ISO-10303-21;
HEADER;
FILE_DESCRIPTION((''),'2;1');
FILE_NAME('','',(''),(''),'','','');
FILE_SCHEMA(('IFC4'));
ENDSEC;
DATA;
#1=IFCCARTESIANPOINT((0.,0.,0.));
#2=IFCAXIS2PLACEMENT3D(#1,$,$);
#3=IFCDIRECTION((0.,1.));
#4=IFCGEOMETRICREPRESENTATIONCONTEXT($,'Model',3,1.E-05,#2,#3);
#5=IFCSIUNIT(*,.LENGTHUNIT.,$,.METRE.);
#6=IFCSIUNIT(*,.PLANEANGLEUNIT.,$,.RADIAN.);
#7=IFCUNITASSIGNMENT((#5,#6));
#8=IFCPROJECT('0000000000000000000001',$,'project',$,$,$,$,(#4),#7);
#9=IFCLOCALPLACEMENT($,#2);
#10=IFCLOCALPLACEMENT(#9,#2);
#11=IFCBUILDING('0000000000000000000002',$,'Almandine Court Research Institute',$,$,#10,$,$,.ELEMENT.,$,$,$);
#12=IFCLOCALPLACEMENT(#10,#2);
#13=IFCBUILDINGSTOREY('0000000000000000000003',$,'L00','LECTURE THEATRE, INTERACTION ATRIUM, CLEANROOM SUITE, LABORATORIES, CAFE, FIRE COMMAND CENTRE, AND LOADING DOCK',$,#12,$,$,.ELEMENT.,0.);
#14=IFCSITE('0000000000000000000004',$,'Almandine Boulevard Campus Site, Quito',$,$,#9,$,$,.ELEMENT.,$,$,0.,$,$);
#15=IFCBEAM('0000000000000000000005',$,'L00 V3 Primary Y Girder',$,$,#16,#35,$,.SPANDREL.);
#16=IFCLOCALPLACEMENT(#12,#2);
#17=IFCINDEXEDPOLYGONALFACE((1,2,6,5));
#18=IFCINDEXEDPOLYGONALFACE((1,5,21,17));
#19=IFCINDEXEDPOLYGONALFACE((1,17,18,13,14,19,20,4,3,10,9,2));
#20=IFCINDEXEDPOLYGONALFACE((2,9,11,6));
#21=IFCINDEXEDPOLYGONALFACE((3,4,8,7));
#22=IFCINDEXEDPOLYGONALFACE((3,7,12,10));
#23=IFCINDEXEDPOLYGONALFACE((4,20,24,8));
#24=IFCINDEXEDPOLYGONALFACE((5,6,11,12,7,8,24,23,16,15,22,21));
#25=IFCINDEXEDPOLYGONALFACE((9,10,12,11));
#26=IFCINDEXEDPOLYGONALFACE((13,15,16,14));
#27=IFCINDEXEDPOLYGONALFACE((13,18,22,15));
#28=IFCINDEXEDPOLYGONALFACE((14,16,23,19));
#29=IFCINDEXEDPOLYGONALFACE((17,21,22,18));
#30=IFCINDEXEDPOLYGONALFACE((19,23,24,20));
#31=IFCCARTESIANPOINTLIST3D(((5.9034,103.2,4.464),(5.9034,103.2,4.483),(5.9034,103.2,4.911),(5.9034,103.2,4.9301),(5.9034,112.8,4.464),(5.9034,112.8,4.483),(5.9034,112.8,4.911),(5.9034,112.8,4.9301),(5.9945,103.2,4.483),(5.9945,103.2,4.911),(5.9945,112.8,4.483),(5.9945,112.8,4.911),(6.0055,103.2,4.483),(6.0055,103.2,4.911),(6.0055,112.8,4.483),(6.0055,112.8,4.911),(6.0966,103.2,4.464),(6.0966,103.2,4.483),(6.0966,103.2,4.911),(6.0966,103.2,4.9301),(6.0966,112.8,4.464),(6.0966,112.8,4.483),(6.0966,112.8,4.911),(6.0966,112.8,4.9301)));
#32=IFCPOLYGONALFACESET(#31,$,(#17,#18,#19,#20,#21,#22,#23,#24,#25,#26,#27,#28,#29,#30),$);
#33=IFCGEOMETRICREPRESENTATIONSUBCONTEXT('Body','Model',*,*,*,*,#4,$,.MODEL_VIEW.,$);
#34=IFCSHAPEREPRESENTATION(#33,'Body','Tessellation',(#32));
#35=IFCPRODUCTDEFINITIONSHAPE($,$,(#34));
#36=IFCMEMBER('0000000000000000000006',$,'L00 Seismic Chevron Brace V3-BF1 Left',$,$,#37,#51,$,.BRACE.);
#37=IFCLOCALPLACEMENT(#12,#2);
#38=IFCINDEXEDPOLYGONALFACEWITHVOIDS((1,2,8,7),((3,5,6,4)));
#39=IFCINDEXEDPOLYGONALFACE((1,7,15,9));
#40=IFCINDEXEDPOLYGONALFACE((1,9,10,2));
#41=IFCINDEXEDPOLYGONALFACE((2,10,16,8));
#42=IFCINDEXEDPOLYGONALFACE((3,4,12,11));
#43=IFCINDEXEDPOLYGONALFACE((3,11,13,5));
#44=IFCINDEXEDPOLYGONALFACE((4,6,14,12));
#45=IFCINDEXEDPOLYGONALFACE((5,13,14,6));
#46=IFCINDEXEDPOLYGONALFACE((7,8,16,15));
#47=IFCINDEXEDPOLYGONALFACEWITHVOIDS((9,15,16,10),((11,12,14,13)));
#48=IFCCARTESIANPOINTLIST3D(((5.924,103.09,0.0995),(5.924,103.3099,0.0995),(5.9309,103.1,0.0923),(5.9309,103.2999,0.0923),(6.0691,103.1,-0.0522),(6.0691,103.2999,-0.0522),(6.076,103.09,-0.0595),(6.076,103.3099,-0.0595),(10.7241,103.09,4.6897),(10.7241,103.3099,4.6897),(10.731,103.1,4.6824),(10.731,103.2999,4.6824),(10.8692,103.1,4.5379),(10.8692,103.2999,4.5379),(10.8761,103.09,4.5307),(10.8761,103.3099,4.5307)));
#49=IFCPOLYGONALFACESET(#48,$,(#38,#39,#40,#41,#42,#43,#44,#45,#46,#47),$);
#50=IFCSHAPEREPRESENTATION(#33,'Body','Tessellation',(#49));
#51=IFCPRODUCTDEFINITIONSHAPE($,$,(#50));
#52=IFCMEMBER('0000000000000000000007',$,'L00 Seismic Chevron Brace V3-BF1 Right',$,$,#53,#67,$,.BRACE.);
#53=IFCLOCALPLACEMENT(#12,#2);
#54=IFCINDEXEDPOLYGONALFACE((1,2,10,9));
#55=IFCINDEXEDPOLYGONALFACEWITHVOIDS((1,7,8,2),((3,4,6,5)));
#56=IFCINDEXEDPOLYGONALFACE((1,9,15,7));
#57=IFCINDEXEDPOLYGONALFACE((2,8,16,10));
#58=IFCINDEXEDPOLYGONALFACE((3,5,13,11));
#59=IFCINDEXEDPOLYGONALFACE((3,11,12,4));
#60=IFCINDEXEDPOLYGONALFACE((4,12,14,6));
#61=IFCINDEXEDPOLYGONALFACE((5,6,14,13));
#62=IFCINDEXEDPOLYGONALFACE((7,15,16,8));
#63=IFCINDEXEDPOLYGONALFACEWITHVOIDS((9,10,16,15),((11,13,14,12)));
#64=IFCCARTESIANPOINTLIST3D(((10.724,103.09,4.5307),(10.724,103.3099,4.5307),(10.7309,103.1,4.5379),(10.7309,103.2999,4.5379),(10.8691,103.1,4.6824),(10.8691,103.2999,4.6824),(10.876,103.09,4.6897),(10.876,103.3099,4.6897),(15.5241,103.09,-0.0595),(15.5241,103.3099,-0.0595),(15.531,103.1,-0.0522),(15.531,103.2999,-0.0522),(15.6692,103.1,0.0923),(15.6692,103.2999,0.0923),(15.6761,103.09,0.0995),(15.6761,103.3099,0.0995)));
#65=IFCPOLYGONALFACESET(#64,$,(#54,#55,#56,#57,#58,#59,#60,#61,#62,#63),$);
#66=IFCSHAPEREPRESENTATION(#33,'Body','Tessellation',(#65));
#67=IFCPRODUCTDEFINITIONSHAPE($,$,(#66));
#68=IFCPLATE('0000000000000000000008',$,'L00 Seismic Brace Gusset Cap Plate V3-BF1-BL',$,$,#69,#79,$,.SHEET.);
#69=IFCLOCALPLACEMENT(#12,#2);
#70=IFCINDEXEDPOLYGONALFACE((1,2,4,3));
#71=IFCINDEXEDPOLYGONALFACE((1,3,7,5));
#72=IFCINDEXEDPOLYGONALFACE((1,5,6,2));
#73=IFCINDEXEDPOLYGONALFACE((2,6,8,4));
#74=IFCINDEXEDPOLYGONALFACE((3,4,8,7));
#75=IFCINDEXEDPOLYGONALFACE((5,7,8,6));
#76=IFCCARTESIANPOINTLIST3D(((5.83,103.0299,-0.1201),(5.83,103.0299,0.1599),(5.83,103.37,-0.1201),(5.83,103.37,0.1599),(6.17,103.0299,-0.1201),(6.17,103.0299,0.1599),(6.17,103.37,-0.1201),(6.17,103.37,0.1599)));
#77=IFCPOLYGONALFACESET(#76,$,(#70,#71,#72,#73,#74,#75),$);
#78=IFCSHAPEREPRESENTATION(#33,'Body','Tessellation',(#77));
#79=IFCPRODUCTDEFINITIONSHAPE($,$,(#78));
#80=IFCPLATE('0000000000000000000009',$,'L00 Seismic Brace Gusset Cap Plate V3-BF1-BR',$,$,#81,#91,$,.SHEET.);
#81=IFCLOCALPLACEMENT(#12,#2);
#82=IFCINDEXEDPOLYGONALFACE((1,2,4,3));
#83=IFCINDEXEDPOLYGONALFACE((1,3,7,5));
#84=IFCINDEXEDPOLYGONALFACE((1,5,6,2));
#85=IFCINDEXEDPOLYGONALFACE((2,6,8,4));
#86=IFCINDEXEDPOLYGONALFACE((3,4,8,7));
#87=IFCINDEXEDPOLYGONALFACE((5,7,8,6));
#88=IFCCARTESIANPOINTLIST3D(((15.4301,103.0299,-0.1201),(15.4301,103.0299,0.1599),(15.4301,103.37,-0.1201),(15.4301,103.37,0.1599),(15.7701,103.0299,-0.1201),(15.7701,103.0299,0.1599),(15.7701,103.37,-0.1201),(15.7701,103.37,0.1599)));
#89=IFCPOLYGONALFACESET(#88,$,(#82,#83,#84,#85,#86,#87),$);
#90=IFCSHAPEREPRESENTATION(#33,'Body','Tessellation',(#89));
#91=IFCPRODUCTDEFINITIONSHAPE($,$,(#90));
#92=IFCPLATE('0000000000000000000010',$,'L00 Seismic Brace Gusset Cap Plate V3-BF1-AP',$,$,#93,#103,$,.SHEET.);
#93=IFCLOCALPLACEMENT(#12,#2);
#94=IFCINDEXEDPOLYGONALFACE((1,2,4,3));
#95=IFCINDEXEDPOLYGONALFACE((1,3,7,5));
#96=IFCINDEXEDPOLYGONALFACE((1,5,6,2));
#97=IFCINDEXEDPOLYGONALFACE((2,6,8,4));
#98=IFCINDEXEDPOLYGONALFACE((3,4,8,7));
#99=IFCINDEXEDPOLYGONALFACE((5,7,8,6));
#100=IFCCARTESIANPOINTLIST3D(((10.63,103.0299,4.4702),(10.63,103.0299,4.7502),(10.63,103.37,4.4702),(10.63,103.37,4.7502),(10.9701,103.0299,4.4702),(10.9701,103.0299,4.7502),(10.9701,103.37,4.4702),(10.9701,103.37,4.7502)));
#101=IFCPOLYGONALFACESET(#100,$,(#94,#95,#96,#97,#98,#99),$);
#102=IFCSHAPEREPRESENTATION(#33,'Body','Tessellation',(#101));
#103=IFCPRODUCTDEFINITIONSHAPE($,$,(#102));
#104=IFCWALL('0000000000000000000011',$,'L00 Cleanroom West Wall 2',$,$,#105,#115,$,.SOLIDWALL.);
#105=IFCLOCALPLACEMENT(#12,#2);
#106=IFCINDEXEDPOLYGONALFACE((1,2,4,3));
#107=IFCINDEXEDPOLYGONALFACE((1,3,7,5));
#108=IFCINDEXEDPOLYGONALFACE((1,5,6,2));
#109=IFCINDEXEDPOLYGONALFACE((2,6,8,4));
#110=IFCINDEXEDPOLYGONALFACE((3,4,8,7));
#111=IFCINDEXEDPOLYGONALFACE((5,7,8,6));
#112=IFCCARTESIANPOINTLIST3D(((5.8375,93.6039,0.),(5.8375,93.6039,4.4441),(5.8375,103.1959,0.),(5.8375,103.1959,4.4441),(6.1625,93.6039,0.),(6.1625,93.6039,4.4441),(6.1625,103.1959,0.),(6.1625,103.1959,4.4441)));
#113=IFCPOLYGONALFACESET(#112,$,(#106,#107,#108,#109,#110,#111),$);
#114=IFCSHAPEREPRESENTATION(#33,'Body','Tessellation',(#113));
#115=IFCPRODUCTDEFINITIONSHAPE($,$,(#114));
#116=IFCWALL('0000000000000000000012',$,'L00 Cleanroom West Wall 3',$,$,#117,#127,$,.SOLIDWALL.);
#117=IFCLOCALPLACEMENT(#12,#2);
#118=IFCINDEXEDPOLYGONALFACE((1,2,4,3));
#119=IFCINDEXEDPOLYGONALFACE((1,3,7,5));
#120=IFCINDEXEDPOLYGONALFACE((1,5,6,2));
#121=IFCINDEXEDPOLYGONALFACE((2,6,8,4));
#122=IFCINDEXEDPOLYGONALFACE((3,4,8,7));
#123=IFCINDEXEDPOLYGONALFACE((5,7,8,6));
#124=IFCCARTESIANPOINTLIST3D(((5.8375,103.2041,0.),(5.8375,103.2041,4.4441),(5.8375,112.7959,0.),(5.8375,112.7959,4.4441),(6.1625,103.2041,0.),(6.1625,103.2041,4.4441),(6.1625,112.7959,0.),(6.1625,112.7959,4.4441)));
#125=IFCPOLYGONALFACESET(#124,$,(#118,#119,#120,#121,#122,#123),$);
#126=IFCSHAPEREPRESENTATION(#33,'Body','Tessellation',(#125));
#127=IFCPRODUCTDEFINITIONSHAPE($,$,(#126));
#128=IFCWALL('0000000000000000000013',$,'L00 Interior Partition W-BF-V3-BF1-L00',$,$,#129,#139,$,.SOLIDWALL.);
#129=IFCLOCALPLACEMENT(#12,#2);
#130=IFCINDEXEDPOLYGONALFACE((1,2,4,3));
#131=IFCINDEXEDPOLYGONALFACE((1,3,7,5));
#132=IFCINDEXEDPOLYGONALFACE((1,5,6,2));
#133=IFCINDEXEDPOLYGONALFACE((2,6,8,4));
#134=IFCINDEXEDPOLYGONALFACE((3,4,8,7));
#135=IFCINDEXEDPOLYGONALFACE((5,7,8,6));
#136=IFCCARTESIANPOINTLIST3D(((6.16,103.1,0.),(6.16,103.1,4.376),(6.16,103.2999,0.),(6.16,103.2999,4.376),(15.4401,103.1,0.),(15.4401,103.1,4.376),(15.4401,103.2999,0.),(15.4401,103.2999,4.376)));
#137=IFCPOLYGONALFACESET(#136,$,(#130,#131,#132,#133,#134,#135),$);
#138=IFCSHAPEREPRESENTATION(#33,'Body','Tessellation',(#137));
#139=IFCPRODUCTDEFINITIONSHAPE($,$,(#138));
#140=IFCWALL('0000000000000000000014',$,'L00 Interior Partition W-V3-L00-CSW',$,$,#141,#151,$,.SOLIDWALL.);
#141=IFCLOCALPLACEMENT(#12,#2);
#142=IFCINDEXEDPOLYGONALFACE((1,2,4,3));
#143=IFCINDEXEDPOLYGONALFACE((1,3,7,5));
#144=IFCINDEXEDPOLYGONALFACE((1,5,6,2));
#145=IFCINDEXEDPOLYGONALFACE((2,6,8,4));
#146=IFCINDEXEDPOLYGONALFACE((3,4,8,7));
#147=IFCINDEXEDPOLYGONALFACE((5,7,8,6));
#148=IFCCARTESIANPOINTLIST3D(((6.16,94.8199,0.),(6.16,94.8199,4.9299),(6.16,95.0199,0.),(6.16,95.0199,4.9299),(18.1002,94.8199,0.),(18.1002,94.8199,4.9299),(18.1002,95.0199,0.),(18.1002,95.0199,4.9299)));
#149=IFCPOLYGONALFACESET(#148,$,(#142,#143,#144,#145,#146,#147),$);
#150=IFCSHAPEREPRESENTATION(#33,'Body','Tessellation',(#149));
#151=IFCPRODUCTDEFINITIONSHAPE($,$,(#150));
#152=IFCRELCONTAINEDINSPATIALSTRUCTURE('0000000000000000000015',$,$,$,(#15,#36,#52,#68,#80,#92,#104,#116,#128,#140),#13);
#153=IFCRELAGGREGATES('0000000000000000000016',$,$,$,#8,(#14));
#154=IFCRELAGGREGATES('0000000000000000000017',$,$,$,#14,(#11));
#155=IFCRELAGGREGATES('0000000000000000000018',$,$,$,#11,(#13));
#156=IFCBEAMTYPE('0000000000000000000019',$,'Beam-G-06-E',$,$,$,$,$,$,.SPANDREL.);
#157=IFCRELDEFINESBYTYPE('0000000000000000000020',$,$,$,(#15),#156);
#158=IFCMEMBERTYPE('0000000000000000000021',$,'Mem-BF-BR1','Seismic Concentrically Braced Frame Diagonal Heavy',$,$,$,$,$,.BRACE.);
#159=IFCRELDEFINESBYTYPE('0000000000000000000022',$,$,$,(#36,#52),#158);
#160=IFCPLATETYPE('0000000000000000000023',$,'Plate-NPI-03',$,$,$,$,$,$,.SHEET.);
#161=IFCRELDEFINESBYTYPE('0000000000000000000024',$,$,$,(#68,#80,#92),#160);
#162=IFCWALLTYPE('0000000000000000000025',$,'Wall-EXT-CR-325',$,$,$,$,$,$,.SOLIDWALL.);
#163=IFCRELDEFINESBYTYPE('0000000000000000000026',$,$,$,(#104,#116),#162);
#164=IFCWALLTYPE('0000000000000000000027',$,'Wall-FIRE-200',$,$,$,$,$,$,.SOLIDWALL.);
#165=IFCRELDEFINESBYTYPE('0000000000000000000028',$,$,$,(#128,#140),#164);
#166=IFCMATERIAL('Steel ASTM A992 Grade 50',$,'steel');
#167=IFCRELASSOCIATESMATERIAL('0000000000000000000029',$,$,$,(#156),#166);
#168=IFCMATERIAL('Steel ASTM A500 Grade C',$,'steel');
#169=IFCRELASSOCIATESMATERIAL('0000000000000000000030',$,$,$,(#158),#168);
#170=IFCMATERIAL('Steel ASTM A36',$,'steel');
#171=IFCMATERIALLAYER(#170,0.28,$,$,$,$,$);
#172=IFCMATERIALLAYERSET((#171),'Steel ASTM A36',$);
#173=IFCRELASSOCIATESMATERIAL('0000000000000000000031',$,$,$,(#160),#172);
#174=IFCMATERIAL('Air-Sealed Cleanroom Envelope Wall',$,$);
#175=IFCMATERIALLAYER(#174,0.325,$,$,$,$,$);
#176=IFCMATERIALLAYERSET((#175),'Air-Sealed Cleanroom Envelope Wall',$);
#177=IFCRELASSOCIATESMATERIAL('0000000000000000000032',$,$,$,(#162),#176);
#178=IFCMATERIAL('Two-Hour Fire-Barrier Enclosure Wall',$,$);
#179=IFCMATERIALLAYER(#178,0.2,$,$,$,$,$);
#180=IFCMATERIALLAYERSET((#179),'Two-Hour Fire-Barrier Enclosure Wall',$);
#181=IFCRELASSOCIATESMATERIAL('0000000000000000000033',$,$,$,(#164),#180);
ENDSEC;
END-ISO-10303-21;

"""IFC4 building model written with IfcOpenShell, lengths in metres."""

from ifc_helpers import new_model, si_unit, direction, frame, frame_2d, origin, origin_2d, place, context, subcontext, project, spatial, rectangle, hollow_rectangle, i_section, extrude, material, layer, layer_set, material_profile, profile_set, type_object, element, save


model = new_model("IFC4")

# Units and contexts
model_context = context("Model", 3, precision=1e-05, world=origin(), true_north=direction((0.0, 1.0)))
body_context = subcontext(model_context, "Body", "Model", "MODEL_VIEW")
ifc_project = project(units=[si_unit("LENGTHUNIT", "METRE"), si_unit("PLANEANGLEUNIT", "RADIAN")], contexts=[model_context])

# Site, building, storey
site_placement = place(None, origin())
site = spatial("IfcSite", under=ifc_project, at=site_placement, Name="Almandine Boulevard Campus Site, Quito", CompositionType="ELEMENT", RefElevation=0.0)
building_placement = place(site_placement, origin())
building = spatial("IfcBuilding", under=site, at=building_placement, Name="Almandine Court Research Institute", CompositionType="ELEMENT")
storey_placement = place(building_placement, origin())
storey = spatial("IfcBuildingStorey", under=building, at=storey_placement, Name="L00", Description="LECTURE THEATRE, INTERACTION ATRIUM, CLEANROOM SUITE, LABORATORIES, CAFE, FIRE COMMAND CENTRE, AND LOADING DOCK", CompositionType="ELEMENT", Elevation=0.0)

# Shared definitions
ifc_material_1 = material(Name="Steel ASTM A992 Grade 50", Category="steel")

# Beam
ifc_material_profile_1 = material_profile(ifc_material_1, i_section(OverallWidth=0.1931, OverallDepth=0.4661, WebThickness=0.011, FlangeThickness=0.019, at=origin_2d()), Name="W460x97")
ifc_profile_set_1 = profile_set([ifc_material_profile_1], Name="Steel ASTM A992 Grade 50")
beam_type_1 = type_object("IfcBeamType", Name="Beam-G-06-E", PredefinedType="SPANDREL", material=ifc_profile_set_1)
beam_1_placement = place(storey_placement, frame((6.0, 103.2, 4.697), z_axis=(0.0, 1.0, 0.0), x_axis=(-1.0, 0.0, 0.0)))
element("IfcBeam", 1, at=beam_1_placement, inside=storey, type_object=beam_type_1, Name="L00 V3 Primary Y Girder", PredefinedType="SPANDREL", context=body_context, shape_type="SweptSolid", body=[
    extrude(i_section(OverallWidth=0.1931, OverallDepth=0.4661, WebThickness=0.011, FlangeThickness=0.019, at=origin_2d()), origin(), (0.0, 0.0, 1.0), 9.6001),
])

# Members
ifc_material_2 = material(Name="Steel ASTM A500 Grade C", Category="steel")
ifc_material_profile_2 = material_profile(ifc_material_2, hollow_rectangle(XDim=0.22, YDim=0.22, WallThickness=0.01, at=origin_2d()), Name="HSS 220x220x10")
ifc_profile_set_2 = profile_set([ifc_material_profile_2], Name="Steel ASTM A500 Grade C")
member_type = type_object("IfcMemberType", Name="Mem-BF-BR1", Description="Seismic Concentrically Braced Frame Diagonal Heavy", PredefinedType="BRACE", material=ifc_profile_set_2)
for number, where, z_axis, x_axis, name in (
    (2, (6.0, 103.2, 0.02), (0.722737, 0.0, 0.691123), (0.0, 1.0, 0.0), "L00 Seismic Chevron Brace V3-BF1 Left"),
    (3, (15.6001, 103.2, 0.02), (-0.722737, 0.0, 0.691123), (0.0, -1.0, 0.0), "L00 Seismic Chevron Brace V3-BF1 Right"),
):
    element("IfcMember", number, at=place(storey_placement, frame(where, z_axis=z_axis, x_axis=x_axis)), inside=storey, type_object=member_type, Name=name, PredefinedType="BRACE", context=body_context, shape_type="SweptSolid", body=[
        extrude(hollow_rectangle(XDim=0.22, YDim=0.22, WallThickness=0.01, at=origin_2d()), origin(), (0.0, 0.0, 1.0), 6.6416),
    ])

# Plates
ifc_material_3 = material(Name="Steel ASTM A36", Category="steel")
ifc_layer_1 = layer(ifc_material_3, 0.28)
ifc_layer_set_1 = layer_set([ifc_layer_1], Name="Steel ASTM A36")
plate_type = type_object("IfcPlateType", Name="Plate-NPI-03", PredefinedType="SHEET", material=ifc_layer_set_1)
for number, where, z_axis, x_axis, name in (
    (4, (6.0, 103.2, -0.1201), (0.0, 0.0, 1.0), (1.0, 0.0, 0.0), "L00 Seismic Brace Gusset Cap Plate V3-BF1-BL"),
    (5, (15.6001, 103.2, -0.1201), (0.0, 0.0, 1.0), (1.0, 0.0, 0.0), "L00 Seismic Brace Gusset Cap Plate V3-BF1-BR"),
    (6, (10.8, 103.2, 4.4702), (0.0, 0.0, 1.0), (1.0, 0.0, 0.0), "L00 Seismic Brace Gusset Cap Plate V3-BF1-AP"),
):
    element("IfcPlate", number, at=place(storey_placement, frame(where, z_axis=z_axis, x_axis=x_axis)), inside=storey, type_object=plate_type, Name=name, PredefinedType="SHEET", context=body_context, shape_type="SweptSolid", body=[
        extrude(rectangle(XDim=0.3401, YDim=0.3401, at=origin_2d()), origin(), (0.0, 0.0, 1.0), 0.28),
    ])

# Walls
ifc_material_4 = material(Name="Air-Sealed Cleanroom Envelope Wall")
ifc_layer_2 = layer(ifc_material_4, 0.325)
ifc_layer_set_2 = layer_set([ifc_layer_2], Name="Air-Sealed Cleanroom Envelope Wall")
wall_type_1 = type_object("IfcWallType", Name="Wall-EXT-CR-325", PredefinedType="SOLIDWALL", material=ifc_layer_set_2)
wall_1_placement = place(storey_placement, frame((6.0, 93.604, 0.0), z_axis=(0.0, 0.0, 1.0), x_axis=(0.0, 1.0, 0.0)))
element("IfcWall", 7, at=wall_1_placement, inside=storey, type_object=wall_type_1, Name="L00 Cleanroom West Wall 2", PredefinedType="SOLIDWALL", context=body_context, shape_type="SweptSolid", body=[
    extrude(rectangle(XDim=9.592, YDim=0.325, at=frame_2d((4.7959, 0.0))), origin(), (0.0, 0.0, 1.0), 4.4441),
])
wall_2_placement = place(storey_placement, frame((6.0, 103.2041, 0.0), z_axis=(0.0, 0.0, 1.0), x_axis=(0.0, 1.0, 0.0)))
element("IfcWall", 8, at=wall_2_placement, inside=storey, type_object=wall_type_1, Name="L00 Cleanroom West Wall 3", PredefinedType="SOLIDWALL", context=body_context, shape_type="SweptSolid", body=[
    extrude(rectangle(XDim=9.5918, YDim=0.325, at=frame_2d((4.7959, 0.0))), origin(), (0.0, 0.0, 1.0), 4.4441),
])
ifc_material_5 = material(Name="Two-Hour Fire-Barrier Enclosure Wall")
ifc_layer_3 = layer(ifc_material_5, 0.2)
ifc_layer_set_3 = layer_set([ifc_layer_3], Name="Two-Hour Fire-Barrier Enclosure Wall")
wall_type_2 = type_object("IfcWallType", Name="Wall-FIRE-200", PredefinedType="SOLIDWALL", material=ifc_layer_set_3)
wall_3_placement = place(storey_placement, frame((6.1599, 103.2, 0.0), z_axis=(0.0, 0.0, 1.0), x_axis=(1.0, 0.0, 0.0)))
element("IfcWall", 9, at=wall_3_placement, inside=storey, type_object=wall_type_2, Name="L00 Interior Partition W-BF-V3-BF1-L00", PredefinedType="SOLIDWALL", context=body_context, shape_type="SweptSolid", body=[
    extrude(rectangle(XDim=9.28, YDim=0.2, at=frame_2d((4.6401, 0.0))), origin(), (0.0, 0.0, 1.0), 4.376),
])
wall_4_placement = place(storey_placement, frame((6.1599, 94.9199, 0.0), z_axis=(0.0, 0.0, 1.0), x_axis=(1.0, 0.0, 0.0)))
element("IfcWall", 10, at=wall_4_placement, inside=storey, type_object=wall_type_2, Name="L00 Interior Partition W-V3-L00-CSW", PredefinedType="SOLIDWALL", context=body_context, shape_type="SweptSolid", body=[
    extrude(rectangle(XDim=11.9402, YDim=0.2, at=frame_2d((5.9702, 0.0))), origin(), (0.0, 0.0, 1.0), 4.9299),
])

save(model, "model.ifc")
